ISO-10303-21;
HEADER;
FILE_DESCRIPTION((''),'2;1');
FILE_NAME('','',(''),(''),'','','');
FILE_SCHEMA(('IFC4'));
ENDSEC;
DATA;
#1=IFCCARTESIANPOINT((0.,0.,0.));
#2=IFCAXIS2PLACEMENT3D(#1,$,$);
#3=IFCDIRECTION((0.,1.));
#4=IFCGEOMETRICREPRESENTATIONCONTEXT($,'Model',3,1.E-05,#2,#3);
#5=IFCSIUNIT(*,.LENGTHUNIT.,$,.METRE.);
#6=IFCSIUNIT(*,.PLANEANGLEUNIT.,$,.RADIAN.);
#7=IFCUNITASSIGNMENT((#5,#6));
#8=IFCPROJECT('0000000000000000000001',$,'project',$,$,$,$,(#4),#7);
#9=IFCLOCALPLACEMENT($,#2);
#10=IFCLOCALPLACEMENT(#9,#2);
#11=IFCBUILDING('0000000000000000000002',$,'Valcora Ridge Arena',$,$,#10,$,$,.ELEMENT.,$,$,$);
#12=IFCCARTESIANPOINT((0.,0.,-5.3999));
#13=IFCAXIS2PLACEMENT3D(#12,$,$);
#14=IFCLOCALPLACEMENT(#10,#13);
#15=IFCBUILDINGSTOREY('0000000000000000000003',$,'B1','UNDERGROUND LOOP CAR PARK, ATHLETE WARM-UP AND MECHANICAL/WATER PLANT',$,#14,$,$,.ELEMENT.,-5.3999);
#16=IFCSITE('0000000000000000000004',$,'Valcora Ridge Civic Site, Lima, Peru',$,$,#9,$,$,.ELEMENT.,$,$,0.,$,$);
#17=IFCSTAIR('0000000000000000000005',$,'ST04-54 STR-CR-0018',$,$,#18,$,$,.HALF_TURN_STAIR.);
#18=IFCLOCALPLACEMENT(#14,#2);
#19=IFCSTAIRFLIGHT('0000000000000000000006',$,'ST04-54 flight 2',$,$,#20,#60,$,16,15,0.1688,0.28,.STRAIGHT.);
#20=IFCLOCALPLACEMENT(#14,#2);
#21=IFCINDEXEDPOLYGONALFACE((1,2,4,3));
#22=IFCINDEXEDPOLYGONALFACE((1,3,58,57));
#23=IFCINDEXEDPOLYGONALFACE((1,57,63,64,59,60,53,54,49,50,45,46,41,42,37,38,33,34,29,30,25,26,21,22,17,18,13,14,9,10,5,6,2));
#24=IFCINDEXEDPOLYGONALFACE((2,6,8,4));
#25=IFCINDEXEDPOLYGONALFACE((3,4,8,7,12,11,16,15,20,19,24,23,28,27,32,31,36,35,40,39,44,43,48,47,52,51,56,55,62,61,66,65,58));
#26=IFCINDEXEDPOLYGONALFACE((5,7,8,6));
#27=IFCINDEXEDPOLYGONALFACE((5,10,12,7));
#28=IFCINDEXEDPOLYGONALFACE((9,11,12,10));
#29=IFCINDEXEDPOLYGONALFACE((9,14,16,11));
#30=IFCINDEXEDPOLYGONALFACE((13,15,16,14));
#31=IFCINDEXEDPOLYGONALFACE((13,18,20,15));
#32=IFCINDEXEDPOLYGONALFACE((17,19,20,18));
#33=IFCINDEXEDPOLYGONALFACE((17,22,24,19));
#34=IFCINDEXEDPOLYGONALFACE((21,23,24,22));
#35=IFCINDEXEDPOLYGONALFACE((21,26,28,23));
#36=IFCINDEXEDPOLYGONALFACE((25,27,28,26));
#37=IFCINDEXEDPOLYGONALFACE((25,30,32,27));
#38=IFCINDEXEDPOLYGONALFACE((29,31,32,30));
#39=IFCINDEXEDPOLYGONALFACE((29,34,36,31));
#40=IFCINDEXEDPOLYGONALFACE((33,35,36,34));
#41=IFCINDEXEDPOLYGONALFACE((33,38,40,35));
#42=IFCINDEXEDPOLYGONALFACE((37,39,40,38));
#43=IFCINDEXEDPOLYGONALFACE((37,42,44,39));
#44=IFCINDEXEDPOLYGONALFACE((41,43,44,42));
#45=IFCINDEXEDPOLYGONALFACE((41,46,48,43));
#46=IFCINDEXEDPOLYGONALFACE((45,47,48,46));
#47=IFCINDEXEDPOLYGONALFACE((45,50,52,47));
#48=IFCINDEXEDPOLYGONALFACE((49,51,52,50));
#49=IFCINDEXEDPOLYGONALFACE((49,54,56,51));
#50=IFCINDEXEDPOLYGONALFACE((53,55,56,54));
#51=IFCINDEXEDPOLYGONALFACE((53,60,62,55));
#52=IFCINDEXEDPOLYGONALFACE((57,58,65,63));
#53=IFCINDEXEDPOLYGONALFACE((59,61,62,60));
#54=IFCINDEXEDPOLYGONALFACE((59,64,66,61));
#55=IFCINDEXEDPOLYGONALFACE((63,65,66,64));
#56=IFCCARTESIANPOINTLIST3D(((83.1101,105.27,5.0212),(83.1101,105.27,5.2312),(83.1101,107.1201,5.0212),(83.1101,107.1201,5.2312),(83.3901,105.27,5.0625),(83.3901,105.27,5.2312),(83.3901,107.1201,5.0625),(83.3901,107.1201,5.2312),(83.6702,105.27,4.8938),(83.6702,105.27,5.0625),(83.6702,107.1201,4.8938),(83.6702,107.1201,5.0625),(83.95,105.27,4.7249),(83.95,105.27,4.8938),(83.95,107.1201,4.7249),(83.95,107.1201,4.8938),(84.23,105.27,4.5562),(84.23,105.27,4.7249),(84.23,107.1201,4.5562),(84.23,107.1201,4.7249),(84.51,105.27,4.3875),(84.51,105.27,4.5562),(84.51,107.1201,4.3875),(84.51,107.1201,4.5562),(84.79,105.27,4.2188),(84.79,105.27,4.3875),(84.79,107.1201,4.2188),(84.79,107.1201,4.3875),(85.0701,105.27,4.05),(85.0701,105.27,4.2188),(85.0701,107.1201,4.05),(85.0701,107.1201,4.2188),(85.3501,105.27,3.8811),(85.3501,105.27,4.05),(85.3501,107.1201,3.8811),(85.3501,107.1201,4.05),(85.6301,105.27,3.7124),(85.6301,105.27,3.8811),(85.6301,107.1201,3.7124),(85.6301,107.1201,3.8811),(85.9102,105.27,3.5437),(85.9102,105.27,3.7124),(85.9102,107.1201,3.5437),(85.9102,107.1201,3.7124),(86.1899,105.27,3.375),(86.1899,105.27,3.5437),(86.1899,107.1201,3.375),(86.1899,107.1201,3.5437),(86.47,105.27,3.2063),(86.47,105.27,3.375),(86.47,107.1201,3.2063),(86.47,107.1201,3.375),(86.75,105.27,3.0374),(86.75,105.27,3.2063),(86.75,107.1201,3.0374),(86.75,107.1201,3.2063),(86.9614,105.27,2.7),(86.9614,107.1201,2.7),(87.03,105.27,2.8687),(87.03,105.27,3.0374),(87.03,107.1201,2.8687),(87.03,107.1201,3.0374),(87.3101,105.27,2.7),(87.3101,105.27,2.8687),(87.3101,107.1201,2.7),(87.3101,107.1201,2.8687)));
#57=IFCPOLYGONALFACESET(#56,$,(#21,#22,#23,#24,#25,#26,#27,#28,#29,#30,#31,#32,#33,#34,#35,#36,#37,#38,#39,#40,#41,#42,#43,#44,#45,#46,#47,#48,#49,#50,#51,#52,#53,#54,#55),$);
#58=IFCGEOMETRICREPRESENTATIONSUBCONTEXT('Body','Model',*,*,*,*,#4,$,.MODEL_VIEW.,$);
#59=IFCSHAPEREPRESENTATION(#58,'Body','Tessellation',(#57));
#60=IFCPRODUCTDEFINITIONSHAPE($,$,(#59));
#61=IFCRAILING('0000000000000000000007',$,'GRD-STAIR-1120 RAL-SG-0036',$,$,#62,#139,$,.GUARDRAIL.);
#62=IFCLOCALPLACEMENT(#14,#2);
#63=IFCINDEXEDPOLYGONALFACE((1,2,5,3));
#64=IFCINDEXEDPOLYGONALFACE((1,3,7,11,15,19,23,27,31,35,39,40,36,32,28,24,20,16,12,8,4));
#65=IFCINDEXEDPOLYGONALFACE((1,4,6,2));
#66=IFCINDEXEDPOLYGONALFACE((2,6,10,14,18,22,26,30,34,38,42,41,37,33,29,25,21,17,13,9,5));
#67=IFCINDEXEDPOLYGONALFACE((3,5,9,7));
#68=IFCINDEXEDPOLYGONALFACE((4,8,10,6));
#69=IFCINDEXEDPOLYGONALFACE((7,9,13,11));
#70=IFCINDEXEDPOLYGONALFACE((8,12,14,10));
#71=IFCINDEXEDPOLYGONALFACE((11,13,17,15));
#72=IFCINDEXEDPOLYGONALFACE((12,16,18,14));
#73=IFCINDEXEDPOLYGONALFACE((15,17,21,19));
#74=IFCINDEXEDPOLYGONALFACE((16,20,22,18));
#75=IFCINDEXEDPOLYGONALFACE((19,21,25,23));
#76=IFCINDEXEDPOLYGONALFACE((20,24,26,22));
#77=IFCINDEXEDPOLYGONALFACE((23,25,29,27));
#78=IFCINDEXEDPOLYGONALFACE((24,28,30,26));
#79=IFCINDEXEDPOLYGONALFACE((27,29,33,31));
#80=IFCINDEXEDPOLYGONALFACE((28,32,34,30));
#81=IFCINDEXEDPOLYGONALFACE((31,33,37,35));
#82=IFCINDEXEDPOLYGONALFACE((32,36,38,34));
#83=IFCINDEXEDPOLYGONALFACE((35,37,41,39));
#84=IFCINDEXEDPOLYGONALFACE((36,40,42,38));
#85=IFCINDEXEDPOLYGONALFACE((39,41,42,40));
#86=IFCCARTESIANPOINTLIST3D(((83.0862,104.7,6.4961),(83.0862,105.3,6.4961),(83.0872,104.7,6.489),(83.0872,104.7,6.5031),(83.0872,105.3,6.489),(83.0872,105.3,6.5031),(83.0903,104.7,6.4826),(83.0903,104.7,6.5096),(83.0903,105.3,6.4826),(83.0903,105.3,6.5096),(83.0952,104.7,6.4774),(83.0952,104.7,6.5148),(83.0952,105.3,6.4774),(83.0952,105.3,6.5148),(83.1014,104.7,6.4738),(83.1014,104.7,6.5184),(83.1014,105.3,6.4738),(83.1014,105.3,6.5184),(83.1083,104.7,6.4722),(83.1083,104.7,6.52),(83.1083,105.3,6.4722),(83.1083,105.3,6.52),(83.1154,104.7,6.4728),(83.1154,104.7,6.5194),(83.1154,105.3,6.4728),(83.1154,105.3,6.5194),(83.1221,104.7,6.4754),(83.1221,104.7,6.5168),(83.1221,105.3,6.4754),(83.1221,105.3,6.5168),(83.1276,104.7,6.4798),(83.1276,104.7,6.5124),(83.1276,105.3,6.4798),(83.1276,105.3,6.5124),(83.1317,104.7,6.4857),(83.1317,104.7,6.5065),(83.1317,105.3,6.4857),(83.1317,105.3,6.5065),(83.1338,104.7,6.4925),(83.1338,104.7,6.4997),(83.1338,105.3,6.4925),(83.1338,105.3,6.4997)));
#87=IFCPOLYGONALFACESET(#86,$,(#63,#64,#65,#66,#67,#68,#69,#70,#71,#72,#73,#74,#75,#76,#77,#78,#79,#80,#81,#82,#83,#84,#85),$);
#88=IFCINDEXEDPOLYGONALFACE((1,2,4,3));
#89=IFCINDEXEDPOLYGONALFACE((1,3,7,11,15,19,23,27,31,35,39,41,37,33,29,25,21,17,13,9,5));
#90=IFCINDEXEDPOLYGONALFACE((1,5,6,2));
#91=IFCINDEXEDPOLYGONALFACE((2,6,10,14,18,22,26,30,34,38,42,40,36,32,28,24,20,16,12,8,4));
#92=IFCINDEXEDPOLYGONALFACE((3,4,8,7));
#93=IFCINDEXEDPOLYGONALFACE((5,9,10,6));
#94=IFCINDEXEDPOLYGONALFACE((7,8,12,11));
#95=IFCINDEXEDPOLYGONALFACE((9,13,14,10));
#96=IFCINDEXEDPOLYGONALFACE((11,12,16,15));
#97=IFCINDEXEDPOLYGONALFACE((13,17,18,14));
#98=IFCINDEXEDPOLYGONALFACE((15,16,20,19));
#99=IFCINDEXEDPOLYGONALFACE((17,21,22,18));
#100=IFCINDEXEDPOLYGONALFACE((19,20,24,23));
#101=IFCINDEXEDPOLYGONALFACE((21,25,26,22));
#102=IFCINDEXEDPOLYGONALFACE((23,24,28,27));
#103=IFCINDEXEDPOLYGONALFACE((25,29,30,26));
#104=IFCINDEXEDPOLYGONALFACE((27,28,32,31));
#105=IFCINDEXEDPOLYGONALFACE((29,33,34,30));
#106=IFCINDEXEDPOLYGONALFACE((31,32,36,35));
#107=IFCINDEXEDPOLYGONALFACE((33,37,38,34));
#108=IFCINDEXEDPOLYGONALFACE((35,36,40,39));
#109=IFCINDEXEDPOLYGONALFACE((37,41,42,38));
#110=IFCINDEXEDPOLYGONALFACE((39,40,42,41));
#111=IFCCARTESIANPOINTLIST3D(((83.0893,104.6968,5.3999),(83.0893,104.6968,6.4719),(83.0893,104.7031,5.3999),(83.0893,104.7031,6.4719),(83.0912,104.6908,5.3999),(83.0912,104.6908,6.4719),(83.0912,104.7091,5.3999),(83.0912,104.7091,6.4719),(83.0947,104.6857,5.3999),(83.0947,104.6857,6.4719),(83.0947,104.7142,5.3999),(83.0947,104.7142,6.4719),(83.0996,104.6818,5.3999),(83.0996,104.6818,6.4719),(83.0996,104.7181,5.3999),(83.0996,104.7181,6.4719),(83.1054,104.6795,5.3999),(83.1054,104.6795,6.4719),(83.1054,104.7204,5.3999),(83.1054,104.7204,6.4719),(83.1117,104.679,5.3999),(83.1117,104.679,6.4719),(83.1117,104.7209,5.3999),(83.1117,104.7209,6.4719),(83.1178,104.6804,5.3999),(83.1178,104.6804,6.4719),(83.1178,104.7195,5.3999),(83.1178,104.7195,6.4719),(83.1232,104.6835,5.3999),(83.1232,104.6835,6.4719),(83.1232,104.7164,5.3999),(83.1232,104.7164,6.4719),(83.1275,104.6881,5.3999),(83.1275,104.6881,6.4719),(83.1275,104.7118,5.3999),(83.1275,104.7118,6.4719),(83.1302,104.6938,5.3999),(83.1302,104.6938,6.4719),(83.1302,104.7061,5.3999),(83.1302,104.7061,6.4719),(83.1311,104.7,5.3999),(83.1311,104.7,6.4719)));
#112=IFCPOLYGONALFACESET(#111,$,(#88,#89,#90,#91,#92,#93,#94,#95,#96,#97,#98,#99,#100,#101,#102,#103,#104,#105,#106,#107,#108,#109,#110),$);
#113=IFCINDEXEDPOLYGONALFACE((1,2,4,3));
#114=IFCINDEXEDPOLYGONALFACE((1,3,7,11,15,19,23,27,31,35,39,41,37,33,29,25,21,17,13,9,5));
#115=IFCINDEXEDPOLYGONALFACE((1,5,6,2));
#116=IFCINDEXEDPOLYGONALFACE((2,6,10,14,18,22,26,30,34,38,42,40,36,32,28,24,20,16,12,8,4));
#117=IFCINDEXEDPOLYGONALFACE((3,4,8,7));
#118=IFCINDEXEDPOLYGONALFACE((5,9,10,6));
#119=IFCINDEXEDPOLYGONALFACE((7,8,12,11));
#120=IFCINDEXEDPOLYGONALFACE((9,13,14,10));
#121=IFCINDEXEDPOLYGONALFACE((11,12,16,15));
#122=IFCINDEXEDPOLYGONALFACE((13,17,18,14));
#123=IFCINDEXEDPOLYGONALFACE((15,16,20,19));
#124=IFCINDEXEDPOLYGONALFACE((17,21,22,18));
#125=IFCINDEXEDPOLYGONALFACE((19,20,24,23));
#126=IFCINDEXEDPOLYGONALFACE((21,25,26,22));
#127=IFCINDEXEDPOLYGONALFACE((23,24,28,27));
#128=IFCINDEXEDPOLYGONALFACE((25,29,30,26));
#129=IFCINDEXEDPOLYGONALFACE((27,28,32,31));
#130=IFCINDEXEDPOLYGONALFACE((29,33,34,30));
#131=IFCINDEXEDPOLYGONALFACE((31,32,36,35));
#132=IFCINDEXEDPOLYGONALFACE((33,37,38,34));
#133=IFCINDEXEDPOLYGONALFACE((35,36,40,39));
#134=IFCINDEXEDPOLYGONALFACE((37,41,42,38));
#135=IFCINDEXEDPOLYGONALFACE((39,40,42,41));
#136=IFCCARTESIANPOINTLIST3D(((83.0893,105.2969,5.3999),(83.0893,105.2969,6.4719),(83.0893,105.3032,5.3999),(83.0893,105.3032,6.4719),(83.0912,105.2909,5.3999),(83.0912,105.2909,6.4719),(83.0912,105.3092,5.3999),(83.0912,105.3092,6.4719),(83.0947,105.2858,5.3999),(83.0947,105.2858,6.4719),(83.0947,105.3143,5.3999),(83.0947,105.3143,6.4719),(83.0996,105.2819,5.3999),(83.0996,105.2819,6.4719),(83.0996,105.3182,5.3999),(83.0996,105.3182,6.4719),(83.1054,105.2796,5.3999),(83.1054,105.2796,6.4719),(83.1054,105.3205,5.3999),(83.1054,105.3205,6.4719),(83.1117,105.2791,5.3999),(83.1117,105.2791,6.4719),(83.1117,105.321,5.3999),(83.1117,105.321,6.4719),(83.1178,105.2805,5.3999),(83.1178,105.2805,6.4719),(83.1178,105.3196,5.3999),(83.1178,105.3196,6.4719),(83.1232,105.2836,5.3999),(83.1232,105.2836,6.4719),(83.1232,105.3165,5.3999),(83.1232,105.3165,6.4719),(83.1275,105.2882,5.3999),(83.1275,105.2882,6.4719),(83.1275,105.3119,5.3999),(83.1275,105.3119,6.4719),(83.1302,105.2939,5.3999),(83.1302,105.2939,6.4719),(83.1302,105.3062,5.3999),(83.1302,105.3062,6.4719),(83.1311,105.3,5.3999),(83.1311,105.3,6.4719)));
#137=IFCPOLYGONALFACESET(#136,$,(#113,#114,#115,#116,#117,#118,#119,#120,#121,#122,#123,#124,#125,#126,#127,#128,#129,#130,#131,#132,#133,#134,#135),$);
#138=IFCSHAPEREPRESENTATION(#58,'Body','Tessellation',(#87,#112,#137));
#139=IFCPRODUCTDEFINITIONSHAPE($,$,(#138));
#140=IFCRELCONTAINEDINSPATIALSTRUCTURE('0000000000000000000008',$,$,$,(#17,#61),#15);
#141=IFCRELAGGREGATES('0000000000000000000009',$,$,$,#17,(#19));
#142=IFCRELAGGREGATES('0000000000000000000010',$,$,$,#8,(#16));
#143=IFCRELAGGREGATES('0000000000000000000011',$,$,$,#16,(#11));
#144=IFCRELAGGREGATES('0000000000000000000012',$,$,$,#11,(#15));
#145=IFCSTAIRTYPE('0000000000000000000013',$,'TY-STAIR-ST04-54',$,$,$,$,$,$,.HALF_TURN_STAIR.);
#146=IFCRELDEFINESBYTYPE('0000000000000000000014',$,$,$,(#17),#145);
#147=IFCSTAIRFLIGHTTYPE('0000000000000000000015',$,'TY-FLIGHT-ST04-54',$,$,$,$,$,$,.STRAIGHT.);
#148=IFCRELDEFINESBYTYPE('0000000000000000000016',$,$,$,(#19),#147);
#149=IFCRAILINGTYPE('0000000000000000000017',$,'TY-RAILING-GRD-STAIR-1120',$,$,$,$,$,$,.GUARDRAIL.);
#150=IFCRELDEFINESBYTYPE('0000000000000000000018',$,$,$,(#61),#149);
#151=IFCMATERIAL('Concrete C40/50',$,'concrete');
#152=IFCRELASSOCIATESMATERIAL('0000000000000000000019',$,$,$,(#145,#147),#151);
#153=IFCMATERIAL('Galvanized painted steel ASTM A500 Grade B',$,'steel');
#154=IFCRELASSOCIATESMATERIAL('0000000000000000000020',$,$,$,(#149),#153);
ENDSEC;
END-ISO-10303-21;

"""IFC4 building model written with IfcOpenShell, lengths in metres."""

from ifc_helpers import new_model, si_unit, direction, frame, origin, origin_2d, place, context, subcontext, project, spatial, polyline, circle, outline, extrude, material, type_object, element, aggregate, save


model = new_model("IFC4")

# Units and contexts
model_context = context("Model", 3, precision=1e-05, world=origin(), true_north=direction((0.0, 1.0)))
body_context = subcontext(model_context, "Body", "Model", "MODEL_VIEW")
ifc_project = project(units=[si_unit("LENGTHUNIT", "METRE"), si_unit("PLANEANGLEUNIT", "RADIAN")], contexts=[model_context])

# Site, building, storey
site_placement = place(None, origin())
site = spatial("IfcSite", under=ifc_project, at=site_placement, Name="Valcora Ridge Civic Site, Lima, Peru", CompositionType="ELEMENT", RefElevation=0.0)
building_placement = place(site_placement, origin())
building = spatial("IfcBuilding", under=site, at=building_placement, Name="Valcora Ridge Arena", CompositionType="ELEMENT")
storey_placement = place(building_placement, frame((0.0, 0.0, -5.3999)))
storey = spatial("IfcBuildingStorey", under=building, at=storey_placement, Name="B1", Description="UNDERGROUND LOOP CAR PARK, ATHLETE WARM-UP AND MECHANICAL/WATER PLANT", CompositionType="ELEMENT", Elevation=-5.3999)

# Shared definitions
ifc_material_1 = material(Name="Concrete C40/50", Category="concrete")

# Stair, stair flight
stair_type = type_object("IfcStairType", Name="TY-STAIR-ST04-54", PredefinedType="HALF_TURN_STAIR", material=ifc_material_1)
stair_placement = place(storey_placement, origin())
stair = element("IfcStair", 1, at=stair_placement, inside=storey, type_object=stair_type, Name="ST04-54 STR-CR-0018", PredefinedType="HALF_TURN_STAIR")
stair_flight_type = type_object("IfcStairFlightType", Name="TY-FLIGHT-ST04-54", PredefinedType="STRAIGHT", material=ifc_material_1)
stair_flight_1_placement = place(storey_placement, frame((87.3101, 106.1951, 2.7), z_axis=(0.0, 0.0, 1.0), x_axis=(-1.0, 0.0, 0.0)))
stair_flight_1 = element("IfcStairFlight", 2, at=stair_flight_1_placement, type_object=stair_flight_type, Name="ST04-54 flight 2", NumberOfRisers=16, NumberOfTreads=15, PredefinedType="STRAIGHT", RiserHeight=0.1688, TreadLength=0.28, context=body_context, shape_type="SweptSolid", body=[
    extrude(outline(polyline([(0.0, 0.0), (0.0, 0.1687), (0.28, 0.1687), (0.28, 0.3374), (0.5601, 0.3374), (0.5601, 0.5063), (0.8401, 0.5063), (0.8401, 0.675), (1.1201, 0.675), (1.1201, 0.8438), (1.3999, 0.8438), (1.3999, 1.0125), (1.6799, 1.0125), (1.6799, 1.1812), (1.96, 1.1812), (1.96, 1.3501), (2.24, 1.3501), (2.24, 1.5188), (2.52, 1.5188), (2.52, 1.6875), (2.8, 1.6875), (2.8, 1.8562), (3.0801, 1.8562), (3.0801, 2.0249), (3.3601, 2.0249), (3.3601, 2.1938), (3.6399, 2.1938), (3.6399, 2.3625), (3.9199, 2.3625), (3.9199, 2.5312), (4.2, 2.5312), (4.2, 2.7), (4.2, 2.3213), (0.3486, 0.0), (0.0, 0.0)])), frame((0.0, 0.925, 0.0), z_axis=(0.0, -1.0, 0.0), x_axis=(1.0, 0.0, 0.0)), (0.0, 0.0, 1.0), 1.8501),
])
aggregate(stair, [stair_flight_1])

# Railing
ifc_material_2 = material(Name="Galvanized painted steel ASTM A500 Grade B", Category="steel")
railing_type_1 = type_object("IfcRailingType", Name="TY-RAILING-GRD-STAIR-1120", PredefinedType="GUARDRAIL", material=ifc_material_2)
railing_1_placement = place(storey_placement, frame((83.1101, 104.7, 5.3999)))
element("IfcRailing", 3, at=railing_1_placement, inside=storey, type_object=railing_type_1, Name="GRD-STAIR-1120 RAL-SG-0036", PredefinedType="GUARDRAIL", context=body_context, shape_type="SweptSolid", body=[
    extrude(circle(Radius=0.0239, at=origin_2d()), frame((0.0, 0.0, 1.0962), z_axis=(0.0, 1.0, 0.0), x_axis=(-1.0, 0.0, 0.0)), (0.0, 0.0, 1.0), 0.6001),
    extrude(circle(Radius=0.021, at=origin_2d()), origin(), (0.0, 0.0, 1.0), 1.072),
    extrude(circle(Radius=0.021, at=origin_2d()), frame((0.0, 0.6001, 0.0)), (0.0, 0.0, 1.0), 1.072),
])

save(model, "model.ifc")
